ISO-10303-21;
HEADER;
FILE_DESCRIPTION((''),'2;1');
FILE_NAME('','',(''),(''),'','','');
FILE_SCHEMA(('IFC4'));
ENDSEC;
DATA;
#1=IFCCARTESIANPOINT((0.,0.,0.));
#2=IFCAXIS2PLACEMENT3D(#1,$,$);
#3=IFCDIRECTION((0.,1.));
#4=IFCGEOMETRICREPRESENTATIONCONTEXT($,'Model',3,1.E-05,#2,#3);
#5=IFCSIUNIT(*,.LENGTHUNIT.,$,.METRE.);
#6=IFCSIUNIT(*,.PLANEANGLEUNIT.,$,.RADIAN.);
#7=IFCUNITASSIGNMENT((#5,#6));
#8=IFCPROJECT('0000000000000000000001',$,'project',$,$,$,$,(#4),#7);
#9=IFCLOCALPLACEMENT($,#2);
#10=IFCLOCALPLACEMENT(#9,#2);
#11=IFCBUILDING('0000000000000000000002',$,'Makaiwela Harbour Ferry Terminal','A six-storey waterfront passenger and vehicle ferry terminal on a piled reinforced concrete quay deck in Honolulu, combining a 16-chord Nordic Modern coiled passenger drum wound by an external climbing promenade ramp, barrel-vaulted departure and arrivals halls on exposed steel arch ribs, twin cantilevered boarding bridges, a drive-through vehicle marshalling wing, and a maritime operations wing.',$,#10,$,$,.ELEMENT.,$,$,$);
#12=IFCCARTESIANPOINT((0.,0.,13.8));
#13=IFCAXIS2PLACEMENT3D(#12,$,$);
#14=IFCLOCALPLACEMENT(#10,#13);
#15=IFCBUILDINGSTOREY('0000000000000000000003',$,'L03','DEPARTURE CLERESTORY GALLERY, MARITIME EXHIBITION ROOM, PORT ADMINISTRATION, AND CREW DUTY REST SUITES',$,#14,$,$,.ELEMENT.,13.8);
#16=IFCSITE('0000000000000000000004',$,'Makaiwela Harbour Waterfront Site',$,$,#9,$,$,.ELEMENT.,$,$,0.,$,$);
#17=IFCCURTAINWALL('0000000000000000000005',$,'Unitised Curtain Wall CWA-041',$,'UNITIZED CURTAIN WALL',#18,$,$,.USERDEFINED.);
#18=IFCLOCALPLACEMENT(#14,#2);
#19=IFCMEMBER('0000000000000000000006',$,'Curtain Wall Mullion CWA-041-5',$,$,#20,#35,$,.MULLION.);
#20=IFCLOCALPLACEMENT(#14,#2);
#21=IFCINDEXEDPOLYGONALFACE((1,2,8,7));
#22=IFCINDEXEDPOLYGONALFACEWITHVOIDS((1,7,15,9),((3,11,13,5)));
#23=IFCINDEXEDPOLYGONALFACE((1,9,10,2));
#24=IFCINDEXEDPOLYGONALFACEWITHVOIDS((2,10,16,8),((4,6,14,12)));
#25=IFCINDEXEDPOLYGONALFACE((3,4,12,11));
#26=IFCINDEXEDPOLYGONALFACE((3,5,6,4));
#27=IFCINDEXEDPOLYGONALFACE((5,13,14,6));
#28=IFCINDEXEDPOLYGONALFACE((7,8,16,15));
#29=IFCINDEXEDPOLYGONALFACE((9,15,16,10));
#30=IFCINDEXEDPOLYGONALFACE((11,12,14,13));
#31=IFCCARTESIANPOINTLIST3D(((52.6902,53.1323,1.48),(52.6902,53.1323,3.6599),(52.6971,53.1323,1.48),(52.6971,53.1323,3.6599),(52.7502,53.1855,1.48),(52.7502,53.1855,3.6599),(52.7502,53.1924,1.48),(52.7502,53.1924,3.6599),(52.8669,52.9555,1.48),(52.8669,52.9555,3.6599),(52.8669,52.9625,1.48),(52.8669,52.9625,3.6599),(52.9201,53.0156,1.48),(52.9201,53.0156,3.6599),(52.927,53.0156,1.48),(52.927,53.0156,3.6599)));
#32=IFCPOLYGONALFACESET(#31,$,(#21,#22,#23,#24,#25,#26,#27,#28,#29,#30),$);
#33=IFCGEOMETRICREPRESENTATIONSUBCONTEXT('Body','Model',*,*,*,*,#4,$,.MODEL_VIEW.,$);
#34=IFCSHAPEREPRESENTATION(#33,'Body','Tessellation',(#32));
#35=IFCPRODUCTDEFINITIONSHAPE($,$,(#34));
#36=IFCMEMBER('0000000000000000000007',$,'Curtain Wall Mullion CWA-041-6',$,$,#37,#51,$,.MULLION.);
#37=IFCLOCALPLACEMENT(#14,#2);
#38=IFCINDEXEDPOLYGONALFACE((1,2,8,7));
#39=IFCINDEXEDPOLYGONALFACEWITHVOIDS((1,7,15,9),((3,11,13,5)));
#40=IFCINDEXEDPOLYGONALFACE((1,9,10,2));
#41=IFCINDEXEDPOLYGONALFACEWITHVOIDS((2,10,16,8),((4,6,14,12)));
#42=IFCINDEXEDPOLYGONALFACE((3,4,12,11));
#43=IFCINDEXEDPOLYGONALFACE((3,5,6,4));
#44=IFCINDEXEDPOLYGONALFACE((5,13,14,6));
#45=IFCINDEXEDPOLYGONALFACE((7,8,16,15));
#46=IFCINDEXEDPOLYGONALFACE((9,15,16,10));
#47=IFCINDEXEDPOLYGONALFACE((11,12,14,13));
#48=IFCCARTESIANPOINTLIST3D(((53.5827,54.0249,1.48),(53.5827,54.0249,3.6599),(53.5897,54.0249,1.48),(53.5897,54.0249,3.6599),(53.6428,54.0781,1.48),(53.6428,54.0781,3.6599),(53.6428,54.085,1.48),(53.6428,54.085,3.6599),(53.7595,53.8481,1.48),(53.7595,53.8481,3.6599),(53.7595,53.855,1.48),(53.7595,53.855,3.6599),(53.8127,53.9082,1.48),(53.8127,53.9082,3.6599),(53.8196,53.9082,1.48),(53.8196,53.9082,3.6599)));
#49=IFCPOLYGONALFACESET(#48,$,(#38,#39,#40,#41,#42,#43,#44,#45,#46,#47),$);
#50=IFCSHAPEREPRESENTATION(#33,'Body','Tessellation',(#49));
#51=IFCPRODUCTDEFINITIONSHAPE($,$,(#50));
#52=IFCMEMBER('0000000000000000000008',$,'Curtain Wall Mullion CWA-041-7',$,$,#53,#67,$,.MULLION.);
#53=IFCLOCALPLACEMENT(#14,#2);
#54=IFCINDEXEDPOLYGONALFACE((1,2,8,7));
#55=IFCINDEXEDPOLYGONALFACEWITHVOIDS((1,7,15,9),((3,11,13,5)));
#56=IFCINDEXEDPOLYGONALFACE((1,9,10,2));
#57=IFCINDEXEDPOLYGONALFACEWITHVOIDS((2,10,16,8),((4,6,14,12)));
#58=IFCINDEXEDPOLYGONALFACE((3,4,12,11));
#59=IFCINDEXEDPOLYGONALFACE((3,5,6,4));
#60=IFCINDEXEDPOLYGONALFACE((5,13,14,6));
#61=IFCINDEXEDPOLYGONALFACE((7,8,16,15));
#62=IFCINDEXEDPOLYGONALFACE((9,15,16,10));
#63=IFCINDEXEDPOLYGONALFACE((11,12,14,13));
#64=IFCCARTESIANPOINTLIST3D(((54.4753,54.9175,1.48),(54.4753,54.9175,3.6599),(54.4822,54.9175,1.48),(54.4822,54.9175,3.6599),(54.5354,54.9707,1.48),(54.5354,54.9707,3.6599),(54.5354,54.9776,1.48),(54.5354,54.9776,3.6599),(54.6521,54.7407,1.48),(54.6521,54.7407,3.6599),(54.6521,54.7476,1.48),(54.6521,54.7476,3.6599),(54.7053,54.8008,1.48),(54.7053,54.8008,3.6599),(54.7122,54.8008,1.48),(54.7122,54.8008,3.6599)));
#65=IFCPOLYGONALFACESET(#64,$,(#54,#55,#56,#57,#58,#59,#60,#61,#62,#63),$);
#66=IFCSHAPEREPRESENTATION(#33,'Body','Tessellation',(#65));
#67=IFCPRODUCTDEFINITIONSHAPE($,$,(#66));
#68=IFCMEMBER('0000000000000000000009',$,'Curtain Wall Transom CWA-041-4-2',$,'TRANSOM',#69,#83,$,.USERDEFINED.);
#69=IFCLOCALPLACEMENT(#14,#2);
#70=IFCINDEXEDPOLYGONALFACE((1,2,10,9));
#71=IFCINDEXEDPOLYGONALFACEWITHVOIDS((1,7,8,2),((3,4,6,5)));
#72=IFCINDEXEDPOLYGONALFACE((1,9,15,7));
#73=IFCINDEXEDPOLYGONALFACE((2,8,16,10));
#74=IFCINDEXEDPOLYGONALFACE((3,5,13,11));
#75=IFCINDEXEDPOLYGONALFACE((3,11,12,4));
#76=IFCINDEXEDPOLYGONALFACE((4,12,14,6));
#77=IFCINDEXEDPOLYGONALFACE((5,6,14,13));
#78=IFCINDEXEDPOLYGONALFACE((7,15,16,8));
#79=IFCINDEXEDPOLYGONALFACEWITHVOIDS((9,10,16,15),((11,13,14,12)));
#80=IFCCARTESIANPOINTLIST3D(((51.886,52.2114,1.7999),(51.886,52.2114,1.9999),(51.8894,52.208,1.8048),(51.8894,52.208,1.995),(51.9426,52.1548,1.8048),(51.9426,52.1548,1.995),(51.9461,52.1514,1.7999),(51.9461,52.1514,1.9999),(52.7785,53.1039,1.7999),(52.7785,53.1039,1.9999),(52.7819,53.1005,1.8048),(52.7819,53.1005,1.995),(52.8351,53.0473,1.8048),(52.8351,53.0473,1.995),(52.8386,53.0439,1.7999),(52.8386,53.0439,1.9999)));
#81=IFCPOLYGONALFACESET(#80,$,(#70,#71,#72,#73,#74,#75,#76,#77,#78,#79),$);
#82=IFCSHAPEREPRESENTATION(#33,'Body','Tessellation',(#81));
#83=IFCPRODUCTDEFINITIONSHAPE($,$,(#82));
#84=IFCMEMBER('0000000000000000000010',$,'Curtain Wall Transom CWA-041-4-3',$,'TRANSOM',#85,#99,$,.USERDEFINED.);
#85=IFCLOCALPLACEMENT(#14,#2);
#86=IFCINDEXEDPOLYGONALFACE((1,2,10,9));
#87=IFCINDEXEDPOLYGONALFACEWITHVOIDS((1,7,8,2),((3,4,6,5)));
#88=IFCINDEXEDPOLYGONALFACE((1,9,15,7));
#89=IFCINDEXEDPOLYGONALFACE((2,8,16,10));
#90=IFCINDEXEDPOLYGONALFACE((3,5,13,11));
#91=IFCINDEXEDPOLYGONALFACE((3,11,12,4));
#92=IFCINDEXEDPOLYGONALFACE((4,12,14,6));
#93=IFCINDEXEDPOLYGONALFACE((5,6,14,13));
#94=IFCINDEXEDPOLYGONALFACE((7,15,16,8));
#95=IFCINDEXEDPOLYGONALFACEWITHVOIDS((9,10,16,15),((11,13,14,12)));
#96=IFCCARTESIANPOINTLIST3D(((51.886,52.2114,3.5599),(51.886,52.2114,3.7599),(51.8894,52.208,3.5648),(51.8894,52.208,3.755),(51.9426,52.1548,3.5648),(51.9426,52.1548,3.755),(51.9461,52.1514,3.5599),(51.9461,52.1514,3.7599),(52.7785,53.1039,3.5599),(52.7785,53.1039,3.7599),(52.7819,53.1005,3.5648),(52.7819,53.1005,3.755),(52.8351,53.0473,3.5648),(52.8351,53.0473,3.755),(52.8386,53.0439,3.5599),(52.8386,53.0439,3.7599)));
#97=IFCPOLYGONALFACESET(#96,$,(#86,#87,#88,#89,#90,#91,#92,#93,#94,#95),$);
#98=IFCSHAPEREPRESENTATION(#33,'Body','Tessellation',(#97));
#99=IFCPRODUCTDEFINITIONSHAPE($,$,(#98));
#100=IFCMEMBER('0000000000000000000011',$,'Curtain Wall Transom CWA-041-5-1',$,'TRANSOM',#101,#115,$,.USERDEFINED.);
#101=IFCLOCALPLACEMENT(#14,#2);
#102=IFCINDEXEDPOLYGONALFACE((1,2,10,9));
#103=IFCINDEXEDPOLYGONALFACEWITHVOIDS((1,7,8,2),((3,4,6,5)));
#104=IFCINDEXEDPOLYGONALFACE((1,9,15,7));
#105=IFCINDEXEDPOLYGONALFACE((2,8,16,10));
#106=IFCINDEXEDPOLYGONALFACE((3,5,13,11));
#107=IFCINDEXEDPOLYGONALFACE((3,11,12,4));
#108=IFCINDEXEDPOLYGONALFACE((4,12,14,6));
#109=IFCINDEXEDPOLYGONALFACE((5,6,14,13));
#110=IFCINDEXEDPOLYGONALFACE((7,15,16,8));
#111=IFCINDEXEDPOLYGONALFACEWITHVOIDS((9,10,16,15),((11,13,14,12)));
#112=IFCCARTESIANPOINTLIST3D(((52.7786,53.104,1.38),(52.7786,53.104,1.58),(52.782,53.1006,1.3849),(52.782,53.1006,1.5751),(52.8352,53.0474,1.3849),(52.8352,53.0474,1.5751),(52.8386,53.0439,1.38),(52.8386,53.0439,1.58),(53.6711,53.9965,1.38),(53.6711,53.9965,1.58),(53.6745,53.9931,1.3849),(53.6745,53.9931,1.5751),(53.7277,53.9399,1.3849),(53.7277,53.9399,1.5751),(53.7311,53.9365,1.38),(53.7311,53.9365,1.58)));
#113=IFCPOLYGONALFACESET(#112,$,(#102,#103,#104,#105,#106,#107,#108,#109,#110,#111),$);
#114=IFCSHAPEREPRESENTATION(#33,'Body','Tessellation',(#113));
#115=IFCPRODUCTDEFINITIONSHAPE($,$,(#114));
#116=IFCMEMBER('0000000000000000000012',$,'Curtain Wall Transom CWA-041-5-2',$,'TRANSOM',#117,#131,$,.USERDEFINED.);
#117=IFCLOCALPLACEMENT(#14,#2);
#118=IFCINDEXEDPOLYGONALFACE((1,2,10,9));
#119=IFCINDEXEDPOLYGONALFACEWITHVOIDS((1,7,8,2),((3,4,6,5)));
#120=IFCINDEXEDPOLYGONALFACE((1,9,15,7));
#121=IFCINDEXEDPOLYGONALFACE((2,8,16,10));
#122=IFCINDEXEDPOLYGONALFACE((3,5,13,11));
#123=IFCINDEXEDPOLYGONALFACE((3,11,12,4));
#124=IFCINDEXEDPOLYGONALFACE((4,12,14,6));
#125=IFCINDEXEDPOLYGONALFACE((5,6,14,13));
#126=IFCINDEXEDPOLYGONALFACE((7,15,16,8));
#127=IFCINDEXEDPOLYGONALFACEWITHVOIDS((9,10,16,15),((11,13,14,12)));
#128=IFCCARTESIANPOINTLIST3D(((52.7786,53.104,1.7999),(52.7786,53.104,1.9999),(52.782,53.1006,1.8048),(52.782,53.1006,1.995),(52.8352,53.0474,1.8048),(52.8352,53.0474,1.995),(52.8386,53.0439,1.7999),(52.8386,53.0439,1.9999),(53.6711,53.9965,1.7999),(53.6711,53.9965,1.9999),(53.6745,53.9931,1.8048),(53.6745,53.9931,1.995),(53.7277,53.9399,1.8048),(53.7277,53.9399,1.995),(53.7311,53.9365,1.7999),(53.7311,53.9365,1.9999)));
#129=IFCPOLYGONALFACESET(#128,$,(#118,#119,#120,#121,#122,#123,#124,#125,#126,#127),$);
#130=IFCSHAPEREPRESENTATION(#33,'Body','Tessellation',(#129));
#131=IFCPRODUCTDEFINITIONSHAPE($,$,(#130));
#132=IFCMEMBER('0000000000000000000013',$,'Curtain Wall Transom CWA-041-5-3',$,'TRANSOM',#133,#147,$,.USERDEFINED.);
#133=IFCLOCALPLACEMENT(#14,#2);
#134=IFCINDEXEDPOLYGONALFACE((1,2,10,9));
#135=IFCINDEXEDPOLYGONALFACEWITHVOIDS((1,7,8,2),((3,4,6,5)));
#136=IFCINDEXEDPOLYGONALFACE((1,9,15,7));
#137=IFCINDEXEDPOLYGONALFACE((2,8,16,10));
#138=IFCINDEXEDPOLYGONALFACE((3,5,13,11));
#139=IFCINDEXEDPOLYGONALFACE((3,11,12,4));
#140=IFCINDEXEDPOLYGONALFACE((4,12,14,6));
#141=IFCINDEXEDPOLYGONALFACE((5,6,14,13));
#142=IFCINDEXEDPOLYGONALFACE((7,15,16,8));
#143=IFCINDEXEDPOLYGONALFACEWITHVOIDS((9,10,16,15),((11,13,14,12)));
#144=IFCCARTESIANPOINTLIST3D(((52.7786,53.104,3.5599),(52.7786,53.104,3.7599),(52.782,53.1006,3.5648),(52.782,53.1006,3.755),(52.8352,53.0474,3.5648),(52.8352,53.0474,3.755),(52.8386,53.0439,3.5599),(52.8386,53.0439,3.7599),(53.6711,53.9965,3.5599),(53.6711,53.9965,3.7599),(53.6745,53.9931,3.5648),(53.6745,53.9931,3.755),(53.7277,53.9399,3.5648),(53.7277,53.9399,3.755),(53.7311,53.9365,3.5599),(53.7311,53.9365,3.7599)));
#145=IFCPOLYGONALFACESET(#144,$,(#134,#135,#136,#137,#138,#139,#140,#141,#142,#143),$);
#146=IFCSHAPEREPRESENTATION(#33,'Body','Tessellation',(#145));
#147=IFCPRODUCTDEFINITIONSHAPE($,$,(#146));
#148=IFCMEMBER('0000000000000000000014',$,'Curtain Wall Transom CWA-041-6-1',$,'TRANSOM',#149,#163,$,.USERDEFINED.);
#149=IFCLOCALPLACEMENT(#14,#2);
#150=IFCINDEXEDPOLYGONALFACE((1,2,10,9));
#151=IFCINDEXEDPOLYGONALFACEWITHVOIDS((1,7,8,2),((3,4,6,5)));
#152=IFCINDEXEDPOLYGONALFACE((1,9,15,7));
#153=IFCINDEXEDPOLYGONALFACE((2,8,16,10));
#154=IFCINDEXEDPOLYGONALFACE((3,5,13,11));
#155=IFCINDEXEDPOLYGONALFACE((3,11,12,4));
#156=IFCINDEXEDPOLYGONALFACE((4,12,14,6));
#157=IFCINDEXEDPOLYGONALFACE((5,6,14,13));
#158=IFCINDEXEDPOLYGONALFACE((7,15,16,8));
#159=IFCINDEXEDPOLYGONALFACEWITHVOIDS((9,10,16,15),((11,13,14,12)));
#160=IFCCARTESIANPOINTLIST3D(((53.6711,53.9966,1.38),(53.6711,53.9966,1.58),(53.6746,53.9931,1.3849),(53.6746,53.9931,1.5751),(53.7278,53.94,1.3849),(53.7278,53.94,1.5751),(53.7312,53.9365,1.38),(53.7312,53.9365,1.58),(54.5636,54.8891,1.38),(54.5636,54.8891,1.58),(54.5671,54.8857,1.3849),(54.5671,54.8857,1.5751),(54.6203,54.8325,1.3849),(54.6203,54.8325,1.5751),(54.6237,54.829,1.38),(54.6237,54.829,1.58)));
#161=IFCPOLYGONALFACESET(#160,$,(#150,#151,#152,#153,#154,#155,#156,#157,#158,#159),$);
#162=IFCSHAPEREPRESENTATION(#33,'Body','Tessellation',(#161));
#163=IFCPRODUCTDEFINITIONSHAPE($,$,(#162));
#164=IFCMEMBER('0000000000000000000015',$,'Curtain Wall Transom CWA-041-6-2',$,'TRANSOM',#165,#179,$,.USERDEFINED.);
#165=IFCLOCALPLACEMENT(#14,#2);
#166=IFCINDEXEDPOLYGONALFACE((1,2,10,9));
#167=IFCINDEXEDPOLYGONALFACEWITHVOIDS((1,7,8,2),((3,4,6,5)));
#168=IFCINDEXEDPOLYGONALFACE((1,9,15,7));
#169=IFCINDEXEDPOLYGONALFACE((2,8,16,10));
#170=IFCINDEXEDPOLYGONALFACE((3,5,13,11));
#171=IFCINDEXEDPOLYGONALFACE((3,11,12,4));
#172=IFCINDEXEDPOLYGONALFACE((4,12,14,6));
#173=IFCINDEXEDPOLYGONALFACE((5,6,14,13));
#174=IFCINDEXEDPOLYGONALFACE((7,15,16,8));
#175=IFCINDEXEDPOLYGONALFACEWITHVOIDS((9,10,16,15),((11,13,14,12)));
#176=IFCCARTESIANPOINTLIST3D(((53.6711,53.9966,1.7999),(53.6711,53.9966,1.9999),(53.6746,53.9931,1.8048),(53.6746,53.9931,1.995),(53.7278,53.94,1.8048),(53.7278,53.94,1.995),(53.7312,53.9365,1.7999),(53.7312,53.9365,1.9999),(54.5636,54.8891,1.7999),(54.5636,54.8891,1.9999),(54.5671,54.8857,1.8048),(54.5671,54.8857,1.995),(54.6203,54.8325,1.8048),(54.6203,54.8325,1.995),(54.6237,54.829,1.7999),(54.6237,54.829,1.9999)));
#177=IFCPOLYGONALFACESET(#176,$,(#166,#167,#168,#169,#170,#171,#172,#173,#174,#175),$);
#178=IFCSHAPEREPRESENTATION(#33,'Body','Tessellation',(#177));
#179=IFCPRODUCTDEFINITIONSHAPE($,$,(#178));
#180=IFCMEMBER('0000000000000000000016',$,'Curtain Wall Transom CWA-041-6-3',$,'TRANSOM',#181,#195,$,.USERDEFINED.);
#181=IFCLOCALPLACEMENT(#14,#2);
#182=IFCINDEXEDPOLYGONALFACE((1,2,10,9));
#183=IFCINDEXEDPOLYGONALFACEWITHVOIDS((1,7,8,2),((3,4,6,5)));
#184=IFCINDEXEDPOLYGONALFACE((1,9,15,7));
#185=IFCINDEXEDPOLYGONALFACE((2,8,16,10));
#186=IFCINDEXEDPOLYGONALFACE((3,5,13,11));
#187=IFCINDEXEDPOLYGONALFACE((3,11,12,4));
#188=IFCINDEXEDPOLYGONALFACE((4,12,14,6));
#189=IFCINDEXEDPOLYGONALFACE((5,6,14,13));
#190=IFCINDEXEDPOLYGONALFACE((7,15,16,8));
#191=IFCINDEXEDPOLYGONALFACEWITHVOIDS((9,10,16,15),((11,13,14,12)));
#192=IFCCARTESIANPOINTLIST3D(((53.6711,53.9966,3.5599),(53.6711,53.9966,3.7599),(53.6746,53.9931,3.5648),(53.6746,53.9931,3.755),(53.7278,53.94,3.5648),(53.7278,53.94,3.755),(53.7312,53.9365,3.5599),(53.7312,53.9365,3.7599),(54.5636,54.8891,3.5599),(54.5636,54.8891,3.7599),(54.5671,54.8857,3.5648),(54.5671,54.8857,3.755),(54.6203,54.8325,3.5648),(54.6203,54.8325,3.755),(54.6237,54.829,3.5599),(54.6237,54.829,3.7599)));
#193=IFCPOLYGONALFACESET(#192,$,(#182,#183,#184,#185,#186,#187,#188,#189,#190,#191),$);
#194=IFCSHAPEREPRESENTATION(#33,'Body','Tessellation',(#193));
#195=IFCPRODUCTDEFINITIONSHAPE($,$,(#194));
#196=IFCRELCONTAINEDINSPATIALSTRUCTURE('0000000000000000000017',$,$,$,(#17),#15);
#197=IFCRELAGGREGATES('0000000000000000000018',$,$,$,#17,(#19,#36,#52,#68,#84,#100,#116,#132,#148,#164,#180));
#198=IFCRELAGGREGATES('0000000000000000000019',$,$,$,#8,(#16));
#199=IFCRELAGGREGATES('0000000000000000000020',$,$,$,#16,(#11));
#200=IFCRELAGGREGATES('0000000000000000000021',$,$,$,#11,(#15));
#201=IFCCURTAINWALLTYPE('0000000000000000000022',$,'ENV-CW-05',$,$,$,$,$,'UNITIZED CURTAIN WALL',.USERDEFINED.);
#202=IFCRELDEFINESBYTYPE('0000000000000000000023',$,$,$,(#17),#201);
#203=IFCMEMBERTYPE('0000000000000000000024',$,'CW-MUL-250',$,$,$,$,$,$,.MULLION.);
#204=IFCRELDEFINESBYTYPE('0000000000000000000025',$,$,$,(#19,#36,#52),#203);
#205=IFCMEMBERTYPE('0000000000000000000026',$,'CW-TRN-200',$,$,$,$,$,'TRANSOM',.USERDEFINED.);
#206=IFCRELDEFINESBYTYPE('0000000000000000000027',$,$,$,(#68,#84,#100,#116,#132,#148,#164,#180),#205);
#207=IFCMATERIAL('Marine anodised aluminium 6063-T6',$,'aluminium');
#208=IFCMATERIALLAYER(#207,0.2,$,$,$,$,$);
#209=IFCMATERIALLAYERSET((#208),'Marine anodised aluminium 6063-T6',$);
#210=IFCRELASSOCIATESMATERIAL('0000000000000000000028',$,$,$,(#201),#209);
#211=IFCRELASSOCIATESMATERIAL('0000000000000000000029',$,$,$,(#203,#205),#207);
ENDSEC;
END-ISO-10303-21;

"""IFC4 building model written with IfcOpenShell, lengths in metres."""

from ifc_helpers import new_model, si_unit, direction, frame, origin, origin_2d, place, context, subcontext, project, spatial, hollow_rectangle, extrude, material, layer, layer_set, material_profile, profile_set, type_object, element, aggregate, save


model = new_model("IFC4")

# Units and contexts
model_context = context("Model", 3, precision=1e-05, world=origin(), true_north=direction((0.0, 1.0)))
body_context = subcontext(model_context, "Body", "Model", "MODEL_VIEW")
ifc_project = project(units=[si_unit("LENGTHUNIT", "METRE"), si_unit("PLANEANGLEUNIT", "RADIAN")], contexts=[model_context])

# Site, building, storey
site_placement = place(None, origin())
site = spatial("IfcSite", under=ifc_project, at=site_placement, Name="Makaiwela Harbour Waterfront Site", CompositionType="ELEMENT", RefElevation=0.0)
building_placement = place(site_placement, origin())
building = spatial("IfcBuilding", under=site, at=building_placement, Name="Makaiwela Harbour Ferry Terminal", Description="A six-storey waterfront passenger and vehicle ferry terminal on a piled reinforced concrete quay deck in Honolulu, combining a 16-chord Nordic Modern coiled passenger drum wound by an external climbing promenade ramp, barrel-vaulted departure and arrivals halls on exposed steel arch ribs, twin cantilevered boarding bridges, a drive-through vehicle marshalling wing, and a maritime operations wing.", CompositionType="ELEMENT")
storey_placement = place(building_placement, frame((0.0, 0.0, 13.8)))
storey = spatial("IfcBuildingStorey", under=building, at=storey_placement, Name="L03", Description="DEPARTURE CLERESTORY GALLERY, MARITIME EXHIBITION ROOM, PORT ADMINISTRATION, AND CREW DUTY REST SUITES", CompositionType="ELEMENT", Elevation=13.8)

# Curtain wall, members
ifc_material_1 = material(Name="Marine anodised aluminium 6063-T6", Category="aluminium")
ifc_layer_1 = layer(ifc_material_1, 0.2)
ifc_layer_set_1 = layer_set([ifc_layer_1], Name="Marine anodised aluminium 6063-T6")
curtain_wall_type = type_object("IfcCurtainWallType", Name="ENV-CW-05", ElementType="UNITIZED CURTAIN WALL", PredefinedType="USERDEFINED", material=ifc_layer_set_1)
curtain_wall_placement = place(storey_placement, origin())
curtain_wall = element("IfcCurtainWall", 1, at=curtain_wall_placement, inside=storey, type_object=curtain_wall_type, Name="Unitised Curtain Wall CWA-041", ObjectType="UNITIZED CURTAIN WALL", PredefinedType="USERDEFINED")
ifc_material_profile_1 = material_profile(ifc_material_1, hollow_rectangle(XDim=0.085, YDim=0.25, WallThickness=0.0049, at=origin_2d()), Name="CWM-250X85")
ifc_profile_set_1 = profile_set([ifc_material_profile_1], Name="Marine anodised aluminium 6063-T6")
member_type_1 = type_object("IfcMemberType", Name="CW-MUL-250", PredefinedType="MULLION", material=ifc_profile_set_1)
member_1_placement = place(storey_placement, frame((52.8086, 53.074, 1.48), z_axis=(0.0, 0.0, 1.0), x_axis=(0.707107, 0.707107, 0.0)))
member_1 = element("IfcMember", 2, at=member_1_placement, type_object=member_type_1, Name="Curtain Wall Mullion CWA-041-5", PredefinedType="MULLION", context=body_context, shape_type="SweptSolid", body=[
    extrude(hollow_rectangle(XDim=0.085, YDim=0.25, WallThickness=0.0049, at=origin_2d()), origin(), (0.0, 0.0, 1.0), 2.1799),
])
member_2_placement = place(storey_placement, frame((53.7012, 53.9666, 1.48), z_axis=(0.0, 0.0, 1.0), x_axis=(0.707107, 0.707107, 0.0)))
member_2 = element("IfcMember", 3, at=member_2_placement, type_object=member_type_1, Name="Curtain Wall Mullion CWA-041-6", PredefinedType="MULLION", context=body_context, shape_type="SweptSolid", body=[
    extrude(hollow_rectangle(XDim=0.085, YDim=0.25, WallThickness=0.0049, at=origin_2d()), origin(), (0.0, 0.0, 1.0), 2.1799),
])
member_3_placement = place(storey_placement, frame((54.5938, 54.8591, 1.48), z_axis=(0.0, 0.0, 1.0), x_axis=(0.707107, 0.707107, 0.0)))
member_3 = element("IfcMember", 4, at=member_3_placement, type_object=member_type_1, Name="Curtain Wall Mullion CWA-041-7", PredefinedType="MULLION", context=body_context, shape_type="SweptSolid", body=[
    extrude(hollow_rectangle(XDim=0.085, YDim=0.25, WallThickness=0.0049, at=origin_2d()), origin(), (0.0, 0.0, 1.0), 2.1799),
])
ifc_material_profile_2 = material_profile(ifc_material_1, hollow_rectangle(XDim=0.085, YDim=0.2, WallThickness=0.0049, at=origin_2d()), Name="CWT-200X85")
ifc_profile_set_2 = profile_set([ifc_material_profile_2], Name="Marine anodised aluminium 6063-T6")
member_type_2 = type_object("IfcMemberType", Name="CW-TRN-200", ElementType="TRANSOM", PredefinedType="USERDEFINED", material=ifc_profile_set_2)
member_4_placement = place(storey_placement, frame((51.916, 52.1814, 1.8999), z_axis=(0.707107, 0.707107, 0.0), x_axis=(-0.707107, 0.707107, 0.0)))
member_4 = element("IfcMember", 5, at=member_4_placement, type_object=member_type_2, Name="Curtain Wall Transom CWA-041-4-2", ObjectType="TRANSOM", PredefinedType="USERDEFINED", context=body_context, shape_type="SweptSolid", body=[
    extrude(hollow_rectangle(XDim=0.085, YDim=0.2, WallThickness=0.0049, at=origin_2d()), origin(), (0.0, 0.0, 1.0), 1.2622),
])
member_5_placement = place(storey_placement, frame((51.916, 52.1814, 3.6599), z_axis=(0.707107, 0.707107, 0.0), x_axis=(-0.707107, 0.707107, 0.0)))
member_5 = element("IfcMember", 6, at=member_5_placement, type_object=member_type_2, Name="Curtain Wall Transom CWA-041-4-3", ObjectType="TRANSOM", PredefinedType="USERDEFINED", context=body_context, shape_type="SweptSolid", body=[
    extrude(hollow_rectangle(XDim=0.085, YDim=0.2, WallThickness=0.0049, at=origin_2d()), origin(), (0.0, 0.0, 1.0), 1.2622),
])
member_6_placement = place(storey_placement, frame((52.8086, 53.074, 1.48), z_axis=(0.707107, 0.707107, 0.0), x_axis=(-0.707107, 0.707107, 0.0)))
member_6 = element("IfcMember", 7, at=member_6_placement, type_object=member_type_2, Name="Curtain Wall Transom CWA-041-5-1", ObjectType="TRANSOM", PredefinedType="USERDEFINED", context=body_context, shape_type="SweptSolid", body=[
    extrude(hollow_rectangle(XDim=0.085, YDim=0.2, WallThickness=0.0049, at=origin_2d()), origin(), (0.0, 0.0, 1.0), 1.2622),
])
member_7_placement = place(storey_placement, frame((52.8086, 53.074, 1.8999), z_axis=(0.707107, 0.707107, 0.0), x_axis=(-0.707107, 0.707107, 0.0)))
member_7 = element("IfcMember", 8, at=member_7_placement, type_object=member_type_2, Name="Curtain Wall Transom CWA-041-5-2", ObjectType="TRANSOM", PredefinedType="USERDEFINED", context=body_context, shape_type="SweptSolid", body=[
    extrude(hollow_rectangle(XDim=0.085, YDim=0.2, WallThickness=0.0049, at=origin_2d()), origin(), (0.0, 0.0, 1.0), 1.2622),
])
member_8_placement = place(storey_placement, frame((52.8086, 53.074, 3.6599), z_axis=(0.707107, 0.707107, 0.0), x_axis=(-0.707107, 0.707107, 0.0)))
member_8 = element("IfcMember", 9, at=member_8_placement, type_object=member_type_2, Name="Curtain Wall Transom CWA-041-5-3", ObjectType="TRANSOM", PredefinedType="USERDEFINED", context=body_context, shape_type="SweptSolid", body=[
    extrude(hollow_rectangle(XDim=0.085, YDim=0.2, WallThickness=0.0049, at=origin_2d()), origin(), (0.0, 0.0, 1.0), 1.2622),
])
member_9_placement = place(storey_placement, frame((53.7012, 53.9666, 1.48), z_axis=(0.707107, 0.707107, 0.0), x_axis=(-0.707107, 0.707107, 0.0)))
member_9 = element("IfcMember", 10, at=member_9_placement, type_object=member_type_2, Name="Curtain Wall Transom CWA-041-6-1", ObjectType="TRANSOM", PredefinedType="USERDEFINED", context=body_context, shape_type="SweptSolid", body=[
    extrude(hollow_rectangle(XDim=0.085, YDim=0.2, WallThickness=0.0049, at=origin_2d()), origin(), (0.0, 0.0, 1.0), 1.2622),
])
member_10_placement = place(storey_placement, frame((53.7012, 53.9666, 1.8999), z_axis=(0.707107, 0.707107, 0.0), x_axis=(-0.707107, 0.707107, 0.0)))
member_10 = element("IfcMember", 11, at=member_10_placement, type_object=member_type_2, Name="Curtain Wall Transom CWA-041-6-2", ObjectType="TRANSOM", PredefinedType="USERDEFINED", context=body_context, shape_type="SweptSolid", body=[
    extrude(hollow_rectangle(XDim=0.085, YDim=0.2, WallThickness=0.0049, at=origin_2d()), origin(), (0.0, 0.0, 1.0), 1.2622),
])
member_11_placement = place(storey_placement, frame((53.7012, 53.9666, 3.6599), z_axis=(0.707107, 0.707107, 0.0), x_axis=(-0.707107, 0.707107, 0.0)))
member_11 = element("IfcMember", 12, at=member_11_placement, type_object=member_type_2, Name="Curtain Wall Transom CWA-041-6-3", ObjectType="TRANSOM", PredefinedType="USERDEFINED", context=body_context, shape_type="SweptSolid", body=[
    extrude(hollow_rectangle(XDim=0.085, YDim=0.2, WallThickness=0.0049, at=origin_2d()), origin(), (0.0, 0.0, 1.0), 1.2622),
])

aggregate(curtain_wall, [member_1, member_2, member_3, member_4, member_5, member_6, member_7, member_8, member_9, member_10, member_11])

save(model, "model.ifc")
